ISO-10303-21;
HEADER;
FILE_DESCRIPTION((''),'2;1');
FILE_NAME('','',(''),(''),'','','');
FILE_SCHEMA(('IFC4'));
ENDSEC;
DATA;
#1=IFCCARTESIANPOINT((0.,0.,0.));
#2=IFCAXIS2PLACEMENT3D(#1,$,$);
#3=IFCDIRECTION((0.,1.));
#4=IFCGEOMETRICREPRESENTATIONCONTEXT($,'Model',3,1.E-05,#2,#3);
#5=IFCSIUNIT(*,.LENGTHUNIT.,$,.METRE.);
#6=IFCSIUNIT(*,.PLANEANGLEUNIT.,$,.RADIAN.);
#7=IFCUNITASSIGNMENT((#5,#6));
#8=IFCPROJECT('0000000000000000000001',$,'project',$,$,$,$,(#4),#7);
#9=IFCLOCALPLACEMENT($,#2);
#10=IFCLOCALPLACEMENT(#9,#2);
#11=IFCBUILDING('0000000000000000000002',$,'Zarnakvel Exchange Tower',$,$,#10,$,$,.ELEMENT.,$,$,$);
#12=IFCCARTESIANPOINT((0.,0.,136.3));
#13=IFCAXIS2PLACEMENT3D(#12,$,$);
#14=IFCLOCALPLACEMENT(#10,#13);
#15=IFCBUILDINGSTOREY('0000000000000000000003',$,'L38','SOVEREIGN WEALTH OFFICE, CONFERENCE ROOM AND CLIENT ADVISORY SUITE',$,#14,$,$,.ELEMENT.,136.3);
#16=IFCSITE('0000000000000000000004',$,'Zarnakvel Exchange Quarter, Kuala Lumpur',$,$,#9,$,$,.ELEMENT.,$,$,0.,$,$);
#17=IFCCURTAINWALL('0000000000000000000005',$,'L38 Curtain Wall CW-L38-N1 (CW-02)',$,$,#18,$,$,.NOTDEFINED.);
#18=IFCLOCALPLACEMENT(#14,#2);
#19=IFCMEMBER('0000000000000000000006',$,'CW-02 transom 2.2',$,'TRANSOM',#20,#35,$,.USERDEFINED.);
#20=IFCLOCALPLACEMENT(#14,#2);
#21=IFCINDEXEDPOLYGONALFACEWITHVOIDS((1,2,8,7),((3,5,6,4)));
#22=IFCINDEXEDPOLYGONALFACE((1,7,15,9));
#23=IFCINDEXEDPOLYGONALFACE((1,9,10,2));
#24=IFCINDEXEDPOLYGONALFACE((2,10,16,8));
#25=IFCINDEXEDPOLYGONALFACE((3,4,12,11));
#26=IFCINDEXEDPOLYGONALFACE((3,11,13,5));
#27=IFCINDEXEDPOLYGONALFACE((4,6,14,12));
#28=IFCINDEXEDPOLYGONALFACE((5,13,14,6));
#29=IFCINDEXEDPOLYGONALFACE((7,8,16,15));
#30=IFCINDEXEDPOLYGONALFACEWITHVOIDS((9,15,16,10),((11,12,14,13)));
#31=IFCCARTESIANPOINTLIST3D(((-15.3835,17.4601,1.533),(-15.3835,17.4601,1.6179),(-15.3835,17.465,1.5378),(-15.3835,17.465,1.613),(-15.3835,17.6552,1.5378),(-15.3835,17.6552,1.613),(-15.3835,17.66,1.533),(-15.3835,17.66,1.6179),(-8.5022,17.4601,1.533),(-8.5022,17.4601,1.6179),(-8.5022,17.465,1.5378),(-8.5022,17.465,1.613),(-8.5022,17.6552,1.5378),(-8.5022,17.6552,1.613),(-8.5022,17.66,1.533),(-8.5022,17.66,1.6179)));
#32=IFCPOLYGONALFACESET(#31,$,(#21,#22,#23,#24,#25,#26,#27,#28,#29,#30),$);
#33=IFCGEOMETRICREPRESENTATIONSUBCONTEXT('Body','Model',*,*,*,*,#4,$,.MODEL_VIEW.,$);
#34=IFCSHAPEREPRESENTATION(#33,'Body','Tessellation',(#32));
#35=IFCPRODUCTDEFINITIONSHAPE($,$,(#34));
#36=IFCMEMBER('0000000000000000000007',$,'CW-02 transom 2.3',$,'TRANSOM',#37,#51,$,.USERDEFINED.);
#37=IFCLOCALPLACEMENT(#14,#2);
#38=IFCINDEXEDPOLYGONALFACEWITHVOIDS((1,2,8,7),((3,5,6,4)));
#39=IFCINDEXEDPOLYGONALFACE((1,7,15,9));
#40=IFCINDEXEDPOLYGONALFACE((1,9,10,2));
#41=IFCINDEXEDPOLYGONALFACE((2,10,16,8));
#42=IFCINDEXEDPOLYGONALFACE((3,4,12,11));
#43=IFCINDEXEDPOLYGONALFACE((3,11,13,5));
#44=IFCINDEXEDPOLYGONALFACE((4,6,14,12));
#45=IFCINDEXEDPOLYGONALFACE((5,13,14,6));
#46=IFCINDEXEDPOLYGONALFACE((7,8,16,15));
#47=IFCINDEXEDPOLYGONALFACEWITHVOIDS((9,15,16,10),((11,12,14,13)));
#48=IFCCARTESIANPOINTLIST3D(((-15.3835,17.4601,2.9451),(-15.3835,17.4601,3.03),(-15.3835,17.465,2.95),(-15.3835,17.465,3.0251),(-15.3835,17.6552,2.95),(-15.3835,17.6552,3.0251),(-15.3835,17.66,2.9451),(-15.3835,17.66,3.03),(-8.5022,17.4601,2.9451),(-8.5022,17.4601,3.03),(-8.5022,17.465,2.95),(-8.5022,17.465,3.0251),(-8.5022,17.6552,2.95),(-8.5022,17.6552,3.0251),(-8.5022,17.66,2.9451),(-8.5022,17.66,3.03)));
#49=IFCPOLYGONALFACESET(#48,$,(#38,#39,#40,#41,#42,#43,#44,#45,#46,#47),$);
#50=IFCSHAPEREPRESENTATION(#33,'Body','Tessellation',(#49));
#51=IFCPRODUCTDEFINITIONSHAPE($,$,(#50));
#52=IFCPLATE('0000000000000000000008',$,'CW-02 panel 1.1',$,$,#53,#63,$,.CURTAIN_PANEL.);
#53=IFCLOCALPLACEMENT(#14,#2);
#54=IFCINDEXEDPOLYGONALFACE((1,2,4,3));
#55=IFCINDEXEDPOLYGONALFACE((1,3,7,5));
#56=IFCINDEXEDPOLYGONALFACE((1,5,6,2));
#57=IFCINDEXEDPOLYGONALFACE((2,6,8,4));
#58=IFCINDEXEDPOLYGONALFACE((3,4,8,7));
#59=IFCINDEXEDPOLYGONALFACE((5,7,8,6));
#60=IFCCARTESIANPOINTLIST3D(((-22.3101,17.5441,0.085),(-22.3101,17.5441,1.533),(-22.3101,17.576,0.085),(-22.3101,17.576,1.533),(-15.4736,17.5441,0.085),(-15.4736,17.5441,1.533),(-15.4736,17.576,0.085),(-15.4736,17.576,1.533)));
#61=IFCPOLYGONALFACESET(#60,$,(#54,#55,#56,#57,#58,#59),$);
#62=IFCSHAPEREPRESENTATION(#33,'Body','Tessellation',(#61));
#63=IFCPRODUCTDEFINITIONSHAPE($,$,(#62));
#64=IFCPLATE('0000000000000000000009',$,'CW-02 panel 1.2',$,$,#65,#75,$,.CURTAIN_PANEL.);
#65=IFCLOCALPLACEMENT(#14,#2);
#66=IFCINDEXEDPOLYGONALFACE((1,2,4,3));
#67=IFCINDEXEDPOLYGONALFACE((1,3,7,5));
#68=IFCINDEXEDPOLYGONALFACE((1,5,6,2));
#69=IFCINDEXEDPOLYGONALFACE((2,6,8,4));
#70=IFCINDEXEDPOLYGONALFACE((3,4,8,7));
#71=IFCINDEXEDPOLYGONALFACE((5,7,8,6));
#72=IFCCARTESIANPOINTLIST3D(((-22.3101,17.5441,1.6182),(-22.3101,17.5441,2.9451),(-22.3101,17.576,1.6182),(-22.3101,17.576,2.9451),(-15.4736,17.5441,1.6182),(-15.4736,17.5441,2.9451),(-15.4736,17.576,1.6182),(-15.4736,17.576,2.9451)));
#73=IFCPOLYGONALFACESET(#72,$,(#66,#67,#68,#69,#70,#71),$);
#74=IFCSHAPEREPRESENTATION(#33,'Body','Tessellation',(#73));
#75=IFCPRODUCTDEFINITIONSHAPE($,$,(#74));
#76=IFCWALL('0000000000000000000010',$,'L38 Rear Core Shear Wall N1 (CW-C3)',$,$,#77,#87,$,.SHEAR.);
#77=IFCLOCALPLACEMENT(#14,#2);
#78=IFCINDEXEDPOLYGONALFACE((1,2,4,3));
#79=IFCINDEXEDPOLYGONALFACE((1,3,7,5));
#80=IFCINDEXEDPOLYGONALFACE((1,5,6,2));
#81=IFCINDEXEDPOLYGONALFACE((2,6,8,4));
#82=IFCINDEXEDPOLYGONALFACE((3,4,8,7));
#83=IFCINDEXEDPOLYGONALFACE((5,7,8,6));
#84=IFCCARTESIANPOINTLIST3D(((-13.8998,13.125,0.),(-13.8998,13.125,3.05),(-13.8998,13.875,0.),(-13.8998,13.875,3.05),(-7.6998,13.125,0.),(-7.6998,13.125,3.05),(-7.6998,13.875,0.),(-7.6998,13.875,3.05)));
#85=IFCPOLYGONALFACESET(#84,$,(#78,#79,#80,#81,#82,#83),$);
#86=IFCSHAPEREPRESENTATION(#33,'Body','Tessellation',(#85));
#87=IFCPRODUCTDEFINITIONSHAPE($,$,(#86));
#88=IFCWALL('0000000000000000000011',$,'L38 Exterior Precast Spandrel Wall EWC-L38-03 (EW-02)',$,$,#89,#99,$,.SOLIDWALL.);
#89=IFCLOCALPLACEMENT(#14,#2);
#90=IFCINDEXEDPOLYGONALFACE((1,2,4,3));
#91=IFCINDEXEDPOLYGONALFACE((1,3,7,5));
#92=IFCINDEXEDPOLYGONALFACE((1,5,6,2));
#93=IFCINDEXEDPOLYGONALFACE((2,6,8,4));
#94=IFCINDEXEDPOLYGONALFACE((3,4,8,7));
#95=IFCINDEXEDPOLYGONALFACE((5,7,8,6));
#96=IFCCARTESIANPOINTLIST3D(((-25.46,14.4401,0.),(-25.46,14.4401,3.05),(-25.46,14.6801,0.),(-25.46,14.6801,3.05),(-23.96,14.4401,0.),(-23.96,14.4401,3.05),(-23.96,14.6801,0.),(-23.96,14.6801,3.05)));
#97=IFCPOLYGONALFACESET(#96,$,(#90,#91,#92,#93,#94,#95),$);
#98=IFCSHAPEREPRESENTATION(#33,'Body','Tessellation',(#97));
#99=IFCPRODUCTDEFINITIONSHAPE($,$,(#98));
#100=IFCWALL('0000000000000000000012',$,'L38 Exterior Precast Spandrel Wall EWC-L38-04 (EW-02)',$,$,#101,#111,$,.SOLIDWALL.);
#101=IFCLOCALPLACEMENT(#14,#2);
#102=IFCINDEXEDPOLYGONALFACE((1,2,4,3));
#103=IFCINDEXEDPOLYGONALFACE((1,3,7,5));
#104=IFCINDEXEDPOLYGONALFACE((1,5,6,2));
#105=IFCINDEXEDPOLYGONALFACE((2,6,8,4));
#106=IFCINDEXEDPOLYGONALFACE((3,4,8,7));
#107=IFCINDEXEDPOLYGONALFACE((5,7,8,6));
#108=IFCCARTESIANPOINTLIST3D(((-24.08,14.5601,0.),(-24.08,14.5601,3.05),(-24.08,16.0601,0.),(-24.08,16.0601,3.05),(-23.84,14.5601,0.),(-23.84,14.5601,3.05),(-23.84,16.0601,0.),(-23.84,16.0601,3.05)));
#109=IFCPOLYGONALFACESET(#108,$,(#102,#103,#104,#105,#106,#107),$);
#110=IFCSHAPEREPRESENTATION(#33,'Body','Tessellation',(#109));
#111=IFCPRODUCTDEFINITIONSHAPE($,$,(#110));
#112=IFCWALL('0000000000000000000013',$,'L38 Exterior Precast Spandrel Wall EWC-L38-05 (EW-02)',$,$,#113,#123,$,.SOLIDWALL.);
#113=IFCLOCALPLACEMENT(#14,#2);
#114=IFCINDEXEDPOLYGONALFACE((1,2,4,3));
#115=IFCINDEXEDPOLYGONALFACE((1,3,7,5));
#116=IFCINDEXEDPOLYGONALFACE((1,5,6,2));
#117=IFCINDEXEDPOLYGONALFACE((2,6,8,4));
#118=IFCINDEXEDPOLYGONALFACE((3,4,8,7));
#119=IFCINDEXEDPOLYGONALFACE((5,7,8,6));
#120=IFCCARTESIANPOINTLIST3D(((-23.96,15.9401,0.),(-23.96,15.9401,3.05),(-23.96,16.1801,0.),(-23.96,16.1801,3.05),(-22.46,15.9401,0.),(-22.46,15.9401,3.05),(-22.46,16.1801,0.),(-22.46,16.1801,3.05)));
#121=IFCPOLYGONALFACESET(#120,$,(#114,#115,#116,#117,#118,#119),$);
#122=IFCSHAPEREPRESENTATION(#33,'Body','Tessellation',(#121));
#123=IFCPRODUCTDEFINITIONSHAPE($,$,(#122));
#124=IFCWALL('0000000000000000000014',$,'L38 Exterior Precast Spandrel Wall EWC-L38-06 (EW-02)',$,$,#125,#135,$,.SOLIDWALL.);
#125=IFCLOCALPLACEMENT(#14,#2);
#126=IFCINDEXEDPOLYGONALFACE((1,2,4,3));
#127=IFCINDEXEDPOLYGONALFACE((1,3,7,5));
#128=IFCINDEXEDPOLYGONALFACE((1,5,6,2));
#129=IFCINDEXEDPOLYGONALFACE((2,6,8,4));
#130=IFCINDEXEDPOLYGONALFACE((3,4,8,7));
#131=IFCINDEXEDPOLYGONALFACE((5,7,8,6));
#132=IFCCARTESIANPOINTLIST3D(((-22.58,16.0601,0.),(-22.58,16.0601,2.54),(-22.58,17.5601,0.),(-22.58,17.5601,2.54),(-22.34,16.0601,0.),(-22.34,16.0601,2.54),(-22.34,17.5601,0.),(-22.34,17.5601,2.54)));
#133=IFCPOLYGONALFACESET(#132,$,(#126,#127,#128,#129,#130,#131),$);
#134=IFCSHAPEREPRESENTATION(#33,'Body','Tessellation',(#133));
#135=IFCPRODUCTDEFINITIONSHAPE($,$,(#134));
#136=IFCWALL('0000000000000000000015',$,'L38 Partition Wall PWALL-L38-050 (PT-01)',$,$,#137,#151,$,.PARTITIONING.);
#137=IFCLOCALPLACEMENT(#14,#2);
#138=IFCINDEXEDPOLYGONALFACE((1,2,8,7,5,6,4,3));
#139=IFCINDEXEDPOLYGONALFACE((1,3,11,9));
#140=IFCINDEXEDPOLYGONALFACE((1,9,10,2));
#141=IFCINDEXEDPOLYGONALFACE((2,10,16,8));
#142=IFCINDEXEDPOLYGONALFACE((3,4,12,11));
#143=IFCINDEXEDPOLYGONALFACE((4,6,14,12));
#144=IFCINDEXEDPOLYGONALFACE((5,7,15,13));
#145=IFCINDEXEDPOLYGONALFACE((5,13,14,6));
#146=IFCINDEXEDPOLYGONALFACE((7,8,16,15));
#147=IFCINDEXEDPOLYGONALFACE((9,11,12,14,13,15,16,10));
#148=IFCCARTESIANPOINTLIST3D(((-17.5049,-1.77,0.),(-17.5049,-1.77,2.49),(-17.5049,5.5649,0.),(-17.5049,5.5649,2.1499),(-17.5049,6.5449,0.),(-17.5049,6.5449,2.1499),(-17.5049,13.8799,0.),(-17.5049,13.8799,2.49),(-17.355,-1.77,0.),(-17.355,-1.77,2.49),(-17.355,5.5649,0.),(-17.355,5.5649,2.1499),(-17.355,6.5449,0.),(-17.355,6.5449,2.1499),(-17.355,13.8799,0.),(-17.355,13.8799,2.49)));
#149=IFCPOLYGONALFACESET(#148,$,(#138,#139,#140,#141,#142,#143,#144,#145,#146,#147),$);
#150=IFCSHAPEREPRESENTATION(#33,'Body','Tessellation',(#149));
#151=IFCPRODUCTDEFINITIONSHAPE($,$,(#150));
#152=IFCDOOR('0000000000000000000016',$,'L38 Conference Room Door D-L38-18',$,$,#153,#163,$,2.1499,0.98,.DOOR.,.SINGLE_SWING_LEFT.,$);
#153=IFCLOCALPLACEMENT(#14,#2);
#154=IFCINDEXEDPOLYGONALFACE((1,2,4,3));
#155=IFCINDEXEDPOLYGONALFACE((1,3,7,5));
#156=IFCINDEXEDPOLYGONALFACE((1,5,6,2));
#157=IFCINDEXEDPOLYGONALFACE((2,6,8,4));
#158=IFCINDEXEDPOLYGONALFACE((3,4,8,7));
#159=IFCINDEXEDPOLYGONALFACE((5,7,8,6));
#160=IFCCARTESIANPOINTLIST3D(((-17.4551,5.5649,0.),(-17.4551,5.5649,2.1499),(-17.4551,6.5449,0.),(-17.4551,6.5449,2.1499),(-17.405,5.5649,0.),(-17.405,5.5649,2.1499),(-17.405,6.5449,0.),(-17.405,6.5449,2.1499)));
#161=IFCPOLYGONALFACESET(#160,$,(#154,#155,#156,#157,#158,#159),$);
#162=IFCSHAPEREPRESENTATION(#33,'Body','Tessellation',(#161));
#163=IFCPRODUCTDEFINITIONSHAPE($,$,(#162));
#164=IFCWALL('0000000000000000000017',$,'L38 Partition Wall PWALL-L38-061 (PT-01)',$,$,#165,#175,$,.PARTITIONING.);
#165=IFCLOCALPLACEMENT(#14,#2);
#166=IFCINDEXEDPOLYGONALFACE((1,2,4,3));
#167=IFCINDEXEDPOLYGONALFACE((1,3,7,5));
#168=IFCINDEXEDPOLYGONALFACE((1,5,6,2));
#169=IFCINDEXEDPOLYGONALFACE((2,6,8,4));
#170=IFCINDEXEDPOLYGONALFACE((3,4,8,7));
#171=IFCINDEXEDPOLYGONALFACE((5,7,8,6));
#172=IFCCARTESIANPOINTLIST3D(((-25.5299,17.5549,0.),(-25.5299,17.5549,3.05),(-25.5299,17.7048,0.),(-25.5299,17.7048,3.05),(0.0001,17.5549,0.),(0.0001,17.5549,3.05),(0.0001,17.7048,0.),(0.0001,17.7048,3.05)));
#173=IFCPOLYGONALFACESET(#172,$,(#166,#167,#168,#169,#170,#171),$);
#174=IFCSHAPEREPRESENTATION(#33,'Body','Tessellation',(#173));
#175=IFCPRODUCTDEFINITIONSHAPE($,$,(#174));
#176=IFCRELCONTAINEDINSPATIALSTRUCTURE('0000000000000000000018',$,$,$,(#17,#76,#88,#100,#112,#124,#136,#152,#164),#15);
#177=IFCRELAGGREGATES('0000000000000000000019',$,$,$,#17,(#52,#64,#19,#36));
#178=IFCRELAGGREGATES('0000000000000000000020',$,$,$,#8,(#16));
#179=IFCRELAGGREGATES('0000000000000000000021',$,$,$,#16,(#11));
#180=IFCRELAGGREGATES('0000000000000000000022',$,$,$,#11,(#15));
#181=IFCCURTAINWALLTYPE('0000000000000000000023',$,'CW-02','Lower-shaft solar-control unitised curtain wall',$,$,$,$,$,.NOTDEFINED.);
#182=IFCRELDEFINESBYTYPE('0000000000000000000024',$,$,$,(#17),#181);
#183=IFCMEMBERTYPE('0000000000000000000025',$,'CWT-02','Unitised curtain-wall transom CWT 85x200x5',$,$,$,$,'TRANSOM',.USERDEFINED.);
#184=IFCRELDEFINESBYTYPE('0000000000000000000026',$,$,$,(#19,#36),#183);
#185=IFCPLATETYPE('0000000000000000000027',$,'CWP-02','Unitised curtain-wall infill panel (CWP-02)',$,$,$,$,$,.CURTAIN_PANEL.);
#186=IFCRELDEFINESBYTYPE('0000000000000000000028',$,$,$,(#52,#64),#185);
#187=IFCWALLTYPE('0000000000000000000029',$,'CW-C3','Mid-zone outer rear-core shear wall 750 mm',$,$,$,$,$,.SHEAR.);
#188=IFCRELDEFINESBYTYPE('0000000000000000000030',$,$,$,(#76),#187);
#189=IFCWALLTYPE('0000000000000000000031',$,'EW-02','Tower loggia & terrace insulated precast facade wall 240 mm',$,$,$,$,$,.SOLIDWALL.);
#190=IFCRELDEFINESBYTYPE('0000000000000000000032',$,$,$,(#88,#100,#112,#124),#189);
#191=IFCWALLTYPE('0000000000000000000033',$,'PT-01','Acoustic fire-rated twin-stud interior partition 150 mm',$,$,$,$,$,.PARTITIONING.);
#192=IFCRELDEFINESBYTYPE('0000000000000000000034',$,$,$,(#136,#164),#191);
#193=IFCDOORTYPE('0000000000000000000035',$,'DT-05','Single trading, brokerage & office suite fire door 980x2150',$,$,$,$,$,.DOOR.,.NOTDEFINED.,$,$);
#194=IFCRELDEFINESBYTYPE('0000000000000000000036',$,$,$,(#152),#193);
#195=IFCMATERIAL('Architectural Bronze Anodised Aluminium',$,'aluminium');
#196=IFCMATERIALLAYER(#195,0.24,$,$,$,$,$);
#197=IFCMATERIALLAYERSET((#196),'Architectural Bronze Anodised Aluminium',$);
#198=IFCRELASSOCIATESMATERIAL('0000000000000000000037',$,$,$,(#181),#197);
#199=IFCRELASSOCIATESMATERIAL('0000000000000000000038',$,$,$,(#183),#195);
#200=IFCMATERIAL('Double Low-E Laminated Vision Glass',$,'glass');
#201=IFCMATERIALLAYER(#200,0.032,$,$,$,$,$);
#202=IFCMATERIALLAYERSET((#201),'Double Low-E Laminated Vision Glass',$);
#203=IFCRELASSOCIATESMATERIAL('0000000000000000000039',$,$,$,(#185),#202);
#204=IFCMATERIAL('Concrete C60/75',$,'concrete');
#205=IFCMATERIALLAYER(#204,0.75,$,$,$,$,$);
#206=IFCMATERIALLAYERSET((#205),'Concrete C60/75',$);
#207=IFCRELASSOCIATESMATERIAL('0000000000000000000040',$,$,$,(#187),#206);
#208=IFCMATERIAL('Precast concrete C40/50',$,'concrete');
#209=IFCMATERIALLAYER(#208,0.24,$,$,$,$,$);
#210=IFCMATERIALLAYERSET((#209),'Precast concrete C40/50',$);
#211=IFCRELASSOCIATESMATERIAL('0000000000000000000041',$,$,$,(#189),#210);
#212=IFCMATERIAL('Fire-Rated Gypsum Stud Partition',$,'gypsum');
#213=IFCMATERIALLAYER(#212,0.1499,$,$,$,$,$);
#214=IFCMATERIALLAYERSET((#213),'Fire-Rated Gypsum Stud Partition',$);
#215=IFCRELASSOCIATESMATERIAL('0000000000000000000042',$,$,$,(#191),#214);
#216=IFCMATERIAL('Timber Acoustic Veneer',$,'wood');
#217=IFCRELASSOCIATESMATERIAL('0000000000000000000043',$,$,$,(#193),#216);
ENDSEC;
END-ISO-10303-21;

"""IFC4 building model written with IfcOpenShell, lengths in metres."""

from ifc_helpers import new_model, si_unit, direction, frame, frame_2d, origin, origin_2d, place, context, subcontext, project, spatial, rectangle, hollow_rectangle, extrude, source, transform, mapped, material, layer, layer_set, material_profile, profile_set, type_object, element, fill, aggregate, save


model = new_model("IFC4")

# Units and contexts
model_context = context("Model", 3, precision=1e-05, world=origin(), true_north=direction((0.0, 1.0)))
body_context = subcontext(model_context, "Body", "Model", "MODEL_VIEW")
ifc_project = project(units=[si_unit("LENGTHUNIT", "METRE"), si_unit("PLANEANGLEUNIT", "RADIAN")], contexts=[model_context])

# Site, building, storey
site_placement = place(None, origin())
site = spatial("IfcSite", under=ifc_project, at=site_placement, Name="Zarnakvel Exchange Quarter, Kuala Lumpur", CompositionType="ELEMENT", RefElevation=0.0)
building_placement = place(site_placement, origin())
building = spatial("IfcBuilding", under=site, at=building_placement, Name="Zarnakvel Exchange Tower", CompositionType="ELEMENT")
storey_placement = place(building_placement, frame((0.0, 0.0, 136.3)))
storey = spatial("IfcBuildingStorey", under=building, at=storey_placement, Name="L38", Description="SOVEREIGN WEALTH OFFICE, CONFERENCE ROOM AND CLIENT ADVISORY SUITE", CompositionType="ELEMENT", Elevation=136.3)

# Shared definitions
ifc_material_1 = material(Name="Concrete C60/75", Category="concrete")

# Curtain wall
ifc_material_2 = material(Name="Architectural Bronze Anodised Aluminium", Category="aluminium")
ifc_layer_1 = layer(ifc_material_2, 0.24)
ifc_layer_set_1 = layer_set([ifc_layer_1], Name="Architectural Bronze Anodised Aluminium")
curtain_wall_type_1 = type_object("IfcCurtainWallType", Name="CW-02", Description="Lower-shaft solar-control unitised curtain wall", PredefinedType="NOTDEFINED", material=ifc_layer_set_1)
curtain_wall_1_placement = place(storey_placement, origin())
curtain_wall_1 = element("IfcCurtainWall", 1, at=curtain_wall_1_placement, inside=storey, type_object=curtain_wall_type_1, Name="L38 Curtain Wall CW-L38-N1 (CW-02)", PredefinedType="NOTDEFINED")

# Members
ifc_material_profile_1 = material_profile(ifc_material_2, hollow_rectangle(XDim=0.2, YDim=0.085, WallThickness=0.0049, at=origin_2d()))
ifc_profile_set_1 = profile_set([ifc_material_profile_1], Name="Architectural Bronze Anodised Aluminium")
member_type_1 = type_object("IfcMemberType", Name="CWT-02", Description="Unitised curtain-wall transom CWT 85x200x5", ElementType="TRANSOM", PredefinedType="USERDEFINED", material=ifc_profile_set_1)
shared_shape_1 = source(origin(), body_context, "Body", "SweptSolid", [
    extrude(hollow_rectangle(XDim=0.2, YDim=0.085, WallThickness=0.0049, at=origin_2d()), origin(), (0.0, 0.0, 1.0), 6.8813),
])
member_1_placement = place(storey_placement, frame((-15.3835, 17.5601, 1.5754), z_axis=(1.0, 0.0, 0.0), x_axis=(0.0, 1.0, 0.0)))
member_1 = element("IfcMember", 2, at=member_1_placement, type_object=member_type_1, Name="CW-02 transom 2.2", ObjectType="TRANSOM", PredefinedType="USERDEFINED", context=body_context, shape_type="MappedRepresentation", body=[
    mapped(shared_shape_1, transform((0.0, 0.0, 0.0), x_axis=(1.0, 0.0, 0.0), y_axis=(0.0, 1.0, 0.0), z_axis=(0.0, 0.0, 1.0), scale=1.0)),
])
member_2_placement = place(storey_placement, frame((-15.3835, 17.5601, 2.9875), z_axis=(1.0, 0.0, 0.0), x_axis=(0.0, 1.0, 0.0)))
member_2 = element("IfcMember", 3, at=member_2_placement, type_object=member_type_1, Name="CW-02 transom 2.3", ObjectType="TRANSOM", PredefinedType="USERDEFINED", context=body_context, shape_type="MappedRepresentation", body=[
    mapped(shared_shape_1, transform((0.0, 0.0, 0.0), x_axis=(1.0, 0.0, 0.0), y_axis=(0.0, 1.0, 0.0), z_axis=(0.0, 0.0, 1.0), scale=1.0)),
])

# Plates
ifc_material_3 = material(Name="Double Low-E Laminated Vision Glass", Category="glass")
ifc_layer_2 = layer(ifc_material_3, 0.032)
ifc_layer_set_2 = layer_set([ifc_layer_2], Name="Double Low-E Laminated Vision Glass")
plate_type = type_object("IfcPlateType", Name="CWP-02", Description="Unitised curtain-wall infill panel (CWP-02)", PredefinedType="CURTAIN_PANEL", material=ifc_layer_set_2)
shared_shape_2 = source(origin(), body_context, "Body", "SweptSolid", [
    extrude(rectangle(XDim=6.8364, YDim=0.032, at=origin_2d()), origin(), (0.0, 0.0, 1.0), 1.448),
])
plate_1_placement = place(storey_placement, frame((-18.8918, 17.5601, 0.085), z_axis=(0.0, 0.0, 1.0), x_axis=(1.0, 0.0, 0.0)))
plate_1 = element("IfcPlate", 4, at=plate_1_placement, type_object=plate_type, Name="CW-02 panel 1.1", PredefinedType="CURTAIN_PANEL", context=body_context, shape_type="MappedRepresentation", body=[
    mapped(shared_shape_2, transform((0.0, 0.0, 0.0), x_axis=(1.0, 0.0, 0.0), y_axis=(0.0, 1.0, 0.0), z_axis=(0.0, 0.0, 1.0), scale=1.0)),
])
shared_shape_3 = source(origin(), body_context, "Body", "SweptSolid", [
    extrude(rectangle(XDim=6.8364, YDim=0.032, at=origin_2d()), origin(), (0.0, 0.0, 1.0), 1.3269),
])
plate_2_placement = place(storey_placement, frame((-18.8918, 17.5601, 1.6182), z_axis=(0.0, 0.0, 1.0), x_axis=(1.0, 0.0, 0.0)))
plate_2 = element("IfcPlate", 5, at=plate_2_placement, type_object=plate_type, Name="CW-02 panel 1.2", PredefinedType="CURTAIN_PANEL", context=body_context, shape_type="MappedRepresentation", body=[
    mapped(shared_shape_3, transform((0.0, 0.0, 0.0), x_axis=(1.0, 0.0, 0.0), y_axis=(0.0, 1.0, 0.0), z_axis=(0.0, 0.0, 1.0), scale=1.0)),
])
aggregate(curtain_wall_1, [plate_1, plate_2, member_1, member_2])

# Walls
ifc_layer_3 = layer(ifc_material_1, 0.75)
ifc_layer_set_3 = layer_set([ifc_layer_3], Name="Concrete C60/75")
wall_type_1 = type_object("IfcWallType", Name="CW-C3", Description="Mid-zone outer rear-core shear wall 750 mm", PredefinedType="SHEAR", material=ifc_layer_set_3)
wall_1_placement = place(storey_placement, frame((-13.8999, 13.5, 0.0), z_axis=(0.0, 0.0, 1.0), x_axis=(1.0, 0.0, 0.0)))
element("IfcWall", 6, at=wall_1_placement, inside=storey, type_object=wall_type_1, Name="L38 Rear Core Shear Wall N1 (CW-C3)", PredefinedType="SHEAR", context=body_context, shape_type="SweptSolid", body=[
    extrude(rectangle(XDim=6.2, YDim=0.75, at=frame_2d((3.1001, 0.0))), origin(), (0.0, 0.0, 1.0), 3.05),
])
ifc_material_4 = material(Name="Precast concrete C40/50", Category="concrete")
ifc_layer_4 = layer(ifc_material_4, 0.24)
ifc_layer_set_4 = layer_set([ifc_layer_4], Name="Precast concrete C40/50")
wall_type_2 = type_object("IfcWallType", Name="EW-02", Description="Tower loggia & terrace insulated precast facade wall 240 mm", PredefinedType="SOLIDWALL", material=ifc_layer_set_4)
for number, where, z_axis, x_axis, name in (
    (7, (-23.96, 14.5601, 0.0), (0.0, 0.0, 1.0), (-1.0, 0.0, 0.0), "L38 Exterior Precast Spandrel Wall EWC-L38-03 (EW-02)"),
    (8, (-23.96, 16.0601, 0.0), (0.0, 0.0, 1.0), (0.0, -1.0, 0.0), "L38 Exterior Precast Spandrel Wall EWC-L38-04 (EW-02)"),
    (9, (-22.46, 16.0601, 0.0), (0.0, 0.0, 1.0), (-1.0, 0.0, 0.0), "L38 Exterior Precast Spandrel Wall EWC-L38-05 (EW-02)"),
):
    element("IfcWall", number, at=place(storey_placement, frame(where, z_axis=z_axis, x_axis=x_axis)), inside=storey, type_object=wall_type_2, Name=name, PredefinedType="SOLIDWALL", context=body_context, shape_type="SweptSolid", body=[
        extrude(rectangle(XDim=1.5, YDim=0.24, at=frame_2d((0.75, 0.0))), origin(), (0.0, 0.0, 1.0), 3.05),
    ])
wall_2_placement = place(storey_placement, frame((-22.46, 17.5601, 0.0), z_axis=(0.0, 0.0, 1.0), x_axis=(0.0, -1.0, 0.0)))
element("IfcWall", 10, at=wall_2_placement, inside=storey, type_object=wall_type_2, Name="L38 Exterior Precast Spandrel Wall EWC-L38-06 (EW-02)", PredefinedType="SOLIDWALL", context=body_context, shape_type="SweptSolid", body=[
    extrude(rectangle(XDim=1.5, YDim=0.24, at=frame_2d((0.75, 0.0))), origin(), (0.0, 0.0, 1.0), 2.54),
])

# Wall, opening, door
ifc_material_5 = material(Name="Fire-Rated Gypsum Stud Partition", Category="gypsum")
ifc_layer_5 = layer(ifc_material_5, 0.1499)
ifc_layer_set_5 = layer_set([ifc_layer_5], Name="Fire-Rated Gypsum Stud Partition")
wall_type_3 = type_object("IfcWallType", Name="PT-01", Description="Acoustic fire-rated twin-stud interior partition 150 mm", PredefinedType="PARTITIONING", material=ifc_layer_set_5)
ifc_material_6 = material(Name="Timber Acoustic Veneer", Category="wood")
door_type = type_object("IfcDoorType", Name="DT-05", Description="Single trading, brokerage & office suite fire door 980x2150", OperationType="NOTDEFINED", PredefinedType="DOOR", material=ifc_material_6)
shared_shape_4 = source(origin(), body_context, "Body", "SweptSolid", [
    extrude(rectangle(XDim=0.98, YDim=2.1499, at=frame_2d((0.49, 1.075))), frame((0.0, 0.0249, 0.0), z_axis=(0.0, -1.0, 0.0), x_axis=(1.0, 0.0, 0.0)), (0.0, 0.0, 1.0), 0.05),
])
wall_3_placement = place(storey_placement, frame((-17.4299, 13.8799, 0.0), z_axis=(0.0, 0.0, 1.0), x_axis=(0.0, -1.0, 0.0)))
wall_3 = element("IfcWall", 11, at=wall_3_placement, inside=storey, type_object=wall_type_3, Name="L38 Partition Wall PWALL-L38-050 (PT-01)", PredefinedType="PARTITIONING", context=body_context, shape_type="SweptSolid", body=[
    extrude(rectangle(XDim=15.6499, YDim=0.1499, at=frame_2d((7.825, 0.0))), origin(), (0.0, 0.0, 1.0), 2.49),
])
opening_1_placement = place(wall_3_placement, frame((7.335, 0.0, 0.0)))
opening_1 = element("IfcOpeningElement", 12, at=opening_1_placement, cuts=wall_3, PredefinedType="OPENING", context=body_context, shape_type="SweptSolid", body=[
    extrude(rectangle(XDim=0.98, YDim=2.1499, at=frame_2d((0.49, 1.075))), frame((0.0, 0.085, 0.0), z_axis=(0.0, -1.0, 0.0), x_axis=(1.0, 0.0, 0.0)), (0.0, 0.0, 1.0), 0.1699),
])
door_1_placement = place(opening_1_placement, origin())
door_1 = element("IfcDoor", 13, at=door_1_placement, inside=storey, type_object=door_type, Name="L38 Conference Room Door D-L38-18", OperationType="SINGLE_SWING_LEFT", OverallHeight=2.1499, OverallWidth=0.98, PredefinedType="DOOR", context=body_context, shape_type="MappedRepresentation", body=[
    mapped(shared_shape_4, transform((0.0, 0.0, 0.0), x_axis=(1.0, 0.0, 0.0), y_axis=(0.0, 1.0, 0.0), z_axis=(0.0, 0.0, 1.0), scale=1.0)),
])
fill(opening_1, door_1)

# Wall
wall_4_placement = place(storey_placement, frame((-25.53, 17.6299, 0.0), z_axis=(0.0, 0.0, 1.0), x_axis=(1.0, 0.0, 0.0)))
element("IfcWall", 14, at=wall_4_placement, inside=storey, type_object=wall_type_3, Name="L38 Partition Wall PWALL-L38-061 (PT-01)", PredefinedType="PARTITIONING", context=body_context, shape_type="SweptSolid", body=[
    extrude(rectangle(XDim=25.53, YDim=0.1499, at=frame_2d((12.7651, 0.0))), origin(), (0.0, 0.0, 1.0), 3.05),
])

save(model, "model.ifc")
